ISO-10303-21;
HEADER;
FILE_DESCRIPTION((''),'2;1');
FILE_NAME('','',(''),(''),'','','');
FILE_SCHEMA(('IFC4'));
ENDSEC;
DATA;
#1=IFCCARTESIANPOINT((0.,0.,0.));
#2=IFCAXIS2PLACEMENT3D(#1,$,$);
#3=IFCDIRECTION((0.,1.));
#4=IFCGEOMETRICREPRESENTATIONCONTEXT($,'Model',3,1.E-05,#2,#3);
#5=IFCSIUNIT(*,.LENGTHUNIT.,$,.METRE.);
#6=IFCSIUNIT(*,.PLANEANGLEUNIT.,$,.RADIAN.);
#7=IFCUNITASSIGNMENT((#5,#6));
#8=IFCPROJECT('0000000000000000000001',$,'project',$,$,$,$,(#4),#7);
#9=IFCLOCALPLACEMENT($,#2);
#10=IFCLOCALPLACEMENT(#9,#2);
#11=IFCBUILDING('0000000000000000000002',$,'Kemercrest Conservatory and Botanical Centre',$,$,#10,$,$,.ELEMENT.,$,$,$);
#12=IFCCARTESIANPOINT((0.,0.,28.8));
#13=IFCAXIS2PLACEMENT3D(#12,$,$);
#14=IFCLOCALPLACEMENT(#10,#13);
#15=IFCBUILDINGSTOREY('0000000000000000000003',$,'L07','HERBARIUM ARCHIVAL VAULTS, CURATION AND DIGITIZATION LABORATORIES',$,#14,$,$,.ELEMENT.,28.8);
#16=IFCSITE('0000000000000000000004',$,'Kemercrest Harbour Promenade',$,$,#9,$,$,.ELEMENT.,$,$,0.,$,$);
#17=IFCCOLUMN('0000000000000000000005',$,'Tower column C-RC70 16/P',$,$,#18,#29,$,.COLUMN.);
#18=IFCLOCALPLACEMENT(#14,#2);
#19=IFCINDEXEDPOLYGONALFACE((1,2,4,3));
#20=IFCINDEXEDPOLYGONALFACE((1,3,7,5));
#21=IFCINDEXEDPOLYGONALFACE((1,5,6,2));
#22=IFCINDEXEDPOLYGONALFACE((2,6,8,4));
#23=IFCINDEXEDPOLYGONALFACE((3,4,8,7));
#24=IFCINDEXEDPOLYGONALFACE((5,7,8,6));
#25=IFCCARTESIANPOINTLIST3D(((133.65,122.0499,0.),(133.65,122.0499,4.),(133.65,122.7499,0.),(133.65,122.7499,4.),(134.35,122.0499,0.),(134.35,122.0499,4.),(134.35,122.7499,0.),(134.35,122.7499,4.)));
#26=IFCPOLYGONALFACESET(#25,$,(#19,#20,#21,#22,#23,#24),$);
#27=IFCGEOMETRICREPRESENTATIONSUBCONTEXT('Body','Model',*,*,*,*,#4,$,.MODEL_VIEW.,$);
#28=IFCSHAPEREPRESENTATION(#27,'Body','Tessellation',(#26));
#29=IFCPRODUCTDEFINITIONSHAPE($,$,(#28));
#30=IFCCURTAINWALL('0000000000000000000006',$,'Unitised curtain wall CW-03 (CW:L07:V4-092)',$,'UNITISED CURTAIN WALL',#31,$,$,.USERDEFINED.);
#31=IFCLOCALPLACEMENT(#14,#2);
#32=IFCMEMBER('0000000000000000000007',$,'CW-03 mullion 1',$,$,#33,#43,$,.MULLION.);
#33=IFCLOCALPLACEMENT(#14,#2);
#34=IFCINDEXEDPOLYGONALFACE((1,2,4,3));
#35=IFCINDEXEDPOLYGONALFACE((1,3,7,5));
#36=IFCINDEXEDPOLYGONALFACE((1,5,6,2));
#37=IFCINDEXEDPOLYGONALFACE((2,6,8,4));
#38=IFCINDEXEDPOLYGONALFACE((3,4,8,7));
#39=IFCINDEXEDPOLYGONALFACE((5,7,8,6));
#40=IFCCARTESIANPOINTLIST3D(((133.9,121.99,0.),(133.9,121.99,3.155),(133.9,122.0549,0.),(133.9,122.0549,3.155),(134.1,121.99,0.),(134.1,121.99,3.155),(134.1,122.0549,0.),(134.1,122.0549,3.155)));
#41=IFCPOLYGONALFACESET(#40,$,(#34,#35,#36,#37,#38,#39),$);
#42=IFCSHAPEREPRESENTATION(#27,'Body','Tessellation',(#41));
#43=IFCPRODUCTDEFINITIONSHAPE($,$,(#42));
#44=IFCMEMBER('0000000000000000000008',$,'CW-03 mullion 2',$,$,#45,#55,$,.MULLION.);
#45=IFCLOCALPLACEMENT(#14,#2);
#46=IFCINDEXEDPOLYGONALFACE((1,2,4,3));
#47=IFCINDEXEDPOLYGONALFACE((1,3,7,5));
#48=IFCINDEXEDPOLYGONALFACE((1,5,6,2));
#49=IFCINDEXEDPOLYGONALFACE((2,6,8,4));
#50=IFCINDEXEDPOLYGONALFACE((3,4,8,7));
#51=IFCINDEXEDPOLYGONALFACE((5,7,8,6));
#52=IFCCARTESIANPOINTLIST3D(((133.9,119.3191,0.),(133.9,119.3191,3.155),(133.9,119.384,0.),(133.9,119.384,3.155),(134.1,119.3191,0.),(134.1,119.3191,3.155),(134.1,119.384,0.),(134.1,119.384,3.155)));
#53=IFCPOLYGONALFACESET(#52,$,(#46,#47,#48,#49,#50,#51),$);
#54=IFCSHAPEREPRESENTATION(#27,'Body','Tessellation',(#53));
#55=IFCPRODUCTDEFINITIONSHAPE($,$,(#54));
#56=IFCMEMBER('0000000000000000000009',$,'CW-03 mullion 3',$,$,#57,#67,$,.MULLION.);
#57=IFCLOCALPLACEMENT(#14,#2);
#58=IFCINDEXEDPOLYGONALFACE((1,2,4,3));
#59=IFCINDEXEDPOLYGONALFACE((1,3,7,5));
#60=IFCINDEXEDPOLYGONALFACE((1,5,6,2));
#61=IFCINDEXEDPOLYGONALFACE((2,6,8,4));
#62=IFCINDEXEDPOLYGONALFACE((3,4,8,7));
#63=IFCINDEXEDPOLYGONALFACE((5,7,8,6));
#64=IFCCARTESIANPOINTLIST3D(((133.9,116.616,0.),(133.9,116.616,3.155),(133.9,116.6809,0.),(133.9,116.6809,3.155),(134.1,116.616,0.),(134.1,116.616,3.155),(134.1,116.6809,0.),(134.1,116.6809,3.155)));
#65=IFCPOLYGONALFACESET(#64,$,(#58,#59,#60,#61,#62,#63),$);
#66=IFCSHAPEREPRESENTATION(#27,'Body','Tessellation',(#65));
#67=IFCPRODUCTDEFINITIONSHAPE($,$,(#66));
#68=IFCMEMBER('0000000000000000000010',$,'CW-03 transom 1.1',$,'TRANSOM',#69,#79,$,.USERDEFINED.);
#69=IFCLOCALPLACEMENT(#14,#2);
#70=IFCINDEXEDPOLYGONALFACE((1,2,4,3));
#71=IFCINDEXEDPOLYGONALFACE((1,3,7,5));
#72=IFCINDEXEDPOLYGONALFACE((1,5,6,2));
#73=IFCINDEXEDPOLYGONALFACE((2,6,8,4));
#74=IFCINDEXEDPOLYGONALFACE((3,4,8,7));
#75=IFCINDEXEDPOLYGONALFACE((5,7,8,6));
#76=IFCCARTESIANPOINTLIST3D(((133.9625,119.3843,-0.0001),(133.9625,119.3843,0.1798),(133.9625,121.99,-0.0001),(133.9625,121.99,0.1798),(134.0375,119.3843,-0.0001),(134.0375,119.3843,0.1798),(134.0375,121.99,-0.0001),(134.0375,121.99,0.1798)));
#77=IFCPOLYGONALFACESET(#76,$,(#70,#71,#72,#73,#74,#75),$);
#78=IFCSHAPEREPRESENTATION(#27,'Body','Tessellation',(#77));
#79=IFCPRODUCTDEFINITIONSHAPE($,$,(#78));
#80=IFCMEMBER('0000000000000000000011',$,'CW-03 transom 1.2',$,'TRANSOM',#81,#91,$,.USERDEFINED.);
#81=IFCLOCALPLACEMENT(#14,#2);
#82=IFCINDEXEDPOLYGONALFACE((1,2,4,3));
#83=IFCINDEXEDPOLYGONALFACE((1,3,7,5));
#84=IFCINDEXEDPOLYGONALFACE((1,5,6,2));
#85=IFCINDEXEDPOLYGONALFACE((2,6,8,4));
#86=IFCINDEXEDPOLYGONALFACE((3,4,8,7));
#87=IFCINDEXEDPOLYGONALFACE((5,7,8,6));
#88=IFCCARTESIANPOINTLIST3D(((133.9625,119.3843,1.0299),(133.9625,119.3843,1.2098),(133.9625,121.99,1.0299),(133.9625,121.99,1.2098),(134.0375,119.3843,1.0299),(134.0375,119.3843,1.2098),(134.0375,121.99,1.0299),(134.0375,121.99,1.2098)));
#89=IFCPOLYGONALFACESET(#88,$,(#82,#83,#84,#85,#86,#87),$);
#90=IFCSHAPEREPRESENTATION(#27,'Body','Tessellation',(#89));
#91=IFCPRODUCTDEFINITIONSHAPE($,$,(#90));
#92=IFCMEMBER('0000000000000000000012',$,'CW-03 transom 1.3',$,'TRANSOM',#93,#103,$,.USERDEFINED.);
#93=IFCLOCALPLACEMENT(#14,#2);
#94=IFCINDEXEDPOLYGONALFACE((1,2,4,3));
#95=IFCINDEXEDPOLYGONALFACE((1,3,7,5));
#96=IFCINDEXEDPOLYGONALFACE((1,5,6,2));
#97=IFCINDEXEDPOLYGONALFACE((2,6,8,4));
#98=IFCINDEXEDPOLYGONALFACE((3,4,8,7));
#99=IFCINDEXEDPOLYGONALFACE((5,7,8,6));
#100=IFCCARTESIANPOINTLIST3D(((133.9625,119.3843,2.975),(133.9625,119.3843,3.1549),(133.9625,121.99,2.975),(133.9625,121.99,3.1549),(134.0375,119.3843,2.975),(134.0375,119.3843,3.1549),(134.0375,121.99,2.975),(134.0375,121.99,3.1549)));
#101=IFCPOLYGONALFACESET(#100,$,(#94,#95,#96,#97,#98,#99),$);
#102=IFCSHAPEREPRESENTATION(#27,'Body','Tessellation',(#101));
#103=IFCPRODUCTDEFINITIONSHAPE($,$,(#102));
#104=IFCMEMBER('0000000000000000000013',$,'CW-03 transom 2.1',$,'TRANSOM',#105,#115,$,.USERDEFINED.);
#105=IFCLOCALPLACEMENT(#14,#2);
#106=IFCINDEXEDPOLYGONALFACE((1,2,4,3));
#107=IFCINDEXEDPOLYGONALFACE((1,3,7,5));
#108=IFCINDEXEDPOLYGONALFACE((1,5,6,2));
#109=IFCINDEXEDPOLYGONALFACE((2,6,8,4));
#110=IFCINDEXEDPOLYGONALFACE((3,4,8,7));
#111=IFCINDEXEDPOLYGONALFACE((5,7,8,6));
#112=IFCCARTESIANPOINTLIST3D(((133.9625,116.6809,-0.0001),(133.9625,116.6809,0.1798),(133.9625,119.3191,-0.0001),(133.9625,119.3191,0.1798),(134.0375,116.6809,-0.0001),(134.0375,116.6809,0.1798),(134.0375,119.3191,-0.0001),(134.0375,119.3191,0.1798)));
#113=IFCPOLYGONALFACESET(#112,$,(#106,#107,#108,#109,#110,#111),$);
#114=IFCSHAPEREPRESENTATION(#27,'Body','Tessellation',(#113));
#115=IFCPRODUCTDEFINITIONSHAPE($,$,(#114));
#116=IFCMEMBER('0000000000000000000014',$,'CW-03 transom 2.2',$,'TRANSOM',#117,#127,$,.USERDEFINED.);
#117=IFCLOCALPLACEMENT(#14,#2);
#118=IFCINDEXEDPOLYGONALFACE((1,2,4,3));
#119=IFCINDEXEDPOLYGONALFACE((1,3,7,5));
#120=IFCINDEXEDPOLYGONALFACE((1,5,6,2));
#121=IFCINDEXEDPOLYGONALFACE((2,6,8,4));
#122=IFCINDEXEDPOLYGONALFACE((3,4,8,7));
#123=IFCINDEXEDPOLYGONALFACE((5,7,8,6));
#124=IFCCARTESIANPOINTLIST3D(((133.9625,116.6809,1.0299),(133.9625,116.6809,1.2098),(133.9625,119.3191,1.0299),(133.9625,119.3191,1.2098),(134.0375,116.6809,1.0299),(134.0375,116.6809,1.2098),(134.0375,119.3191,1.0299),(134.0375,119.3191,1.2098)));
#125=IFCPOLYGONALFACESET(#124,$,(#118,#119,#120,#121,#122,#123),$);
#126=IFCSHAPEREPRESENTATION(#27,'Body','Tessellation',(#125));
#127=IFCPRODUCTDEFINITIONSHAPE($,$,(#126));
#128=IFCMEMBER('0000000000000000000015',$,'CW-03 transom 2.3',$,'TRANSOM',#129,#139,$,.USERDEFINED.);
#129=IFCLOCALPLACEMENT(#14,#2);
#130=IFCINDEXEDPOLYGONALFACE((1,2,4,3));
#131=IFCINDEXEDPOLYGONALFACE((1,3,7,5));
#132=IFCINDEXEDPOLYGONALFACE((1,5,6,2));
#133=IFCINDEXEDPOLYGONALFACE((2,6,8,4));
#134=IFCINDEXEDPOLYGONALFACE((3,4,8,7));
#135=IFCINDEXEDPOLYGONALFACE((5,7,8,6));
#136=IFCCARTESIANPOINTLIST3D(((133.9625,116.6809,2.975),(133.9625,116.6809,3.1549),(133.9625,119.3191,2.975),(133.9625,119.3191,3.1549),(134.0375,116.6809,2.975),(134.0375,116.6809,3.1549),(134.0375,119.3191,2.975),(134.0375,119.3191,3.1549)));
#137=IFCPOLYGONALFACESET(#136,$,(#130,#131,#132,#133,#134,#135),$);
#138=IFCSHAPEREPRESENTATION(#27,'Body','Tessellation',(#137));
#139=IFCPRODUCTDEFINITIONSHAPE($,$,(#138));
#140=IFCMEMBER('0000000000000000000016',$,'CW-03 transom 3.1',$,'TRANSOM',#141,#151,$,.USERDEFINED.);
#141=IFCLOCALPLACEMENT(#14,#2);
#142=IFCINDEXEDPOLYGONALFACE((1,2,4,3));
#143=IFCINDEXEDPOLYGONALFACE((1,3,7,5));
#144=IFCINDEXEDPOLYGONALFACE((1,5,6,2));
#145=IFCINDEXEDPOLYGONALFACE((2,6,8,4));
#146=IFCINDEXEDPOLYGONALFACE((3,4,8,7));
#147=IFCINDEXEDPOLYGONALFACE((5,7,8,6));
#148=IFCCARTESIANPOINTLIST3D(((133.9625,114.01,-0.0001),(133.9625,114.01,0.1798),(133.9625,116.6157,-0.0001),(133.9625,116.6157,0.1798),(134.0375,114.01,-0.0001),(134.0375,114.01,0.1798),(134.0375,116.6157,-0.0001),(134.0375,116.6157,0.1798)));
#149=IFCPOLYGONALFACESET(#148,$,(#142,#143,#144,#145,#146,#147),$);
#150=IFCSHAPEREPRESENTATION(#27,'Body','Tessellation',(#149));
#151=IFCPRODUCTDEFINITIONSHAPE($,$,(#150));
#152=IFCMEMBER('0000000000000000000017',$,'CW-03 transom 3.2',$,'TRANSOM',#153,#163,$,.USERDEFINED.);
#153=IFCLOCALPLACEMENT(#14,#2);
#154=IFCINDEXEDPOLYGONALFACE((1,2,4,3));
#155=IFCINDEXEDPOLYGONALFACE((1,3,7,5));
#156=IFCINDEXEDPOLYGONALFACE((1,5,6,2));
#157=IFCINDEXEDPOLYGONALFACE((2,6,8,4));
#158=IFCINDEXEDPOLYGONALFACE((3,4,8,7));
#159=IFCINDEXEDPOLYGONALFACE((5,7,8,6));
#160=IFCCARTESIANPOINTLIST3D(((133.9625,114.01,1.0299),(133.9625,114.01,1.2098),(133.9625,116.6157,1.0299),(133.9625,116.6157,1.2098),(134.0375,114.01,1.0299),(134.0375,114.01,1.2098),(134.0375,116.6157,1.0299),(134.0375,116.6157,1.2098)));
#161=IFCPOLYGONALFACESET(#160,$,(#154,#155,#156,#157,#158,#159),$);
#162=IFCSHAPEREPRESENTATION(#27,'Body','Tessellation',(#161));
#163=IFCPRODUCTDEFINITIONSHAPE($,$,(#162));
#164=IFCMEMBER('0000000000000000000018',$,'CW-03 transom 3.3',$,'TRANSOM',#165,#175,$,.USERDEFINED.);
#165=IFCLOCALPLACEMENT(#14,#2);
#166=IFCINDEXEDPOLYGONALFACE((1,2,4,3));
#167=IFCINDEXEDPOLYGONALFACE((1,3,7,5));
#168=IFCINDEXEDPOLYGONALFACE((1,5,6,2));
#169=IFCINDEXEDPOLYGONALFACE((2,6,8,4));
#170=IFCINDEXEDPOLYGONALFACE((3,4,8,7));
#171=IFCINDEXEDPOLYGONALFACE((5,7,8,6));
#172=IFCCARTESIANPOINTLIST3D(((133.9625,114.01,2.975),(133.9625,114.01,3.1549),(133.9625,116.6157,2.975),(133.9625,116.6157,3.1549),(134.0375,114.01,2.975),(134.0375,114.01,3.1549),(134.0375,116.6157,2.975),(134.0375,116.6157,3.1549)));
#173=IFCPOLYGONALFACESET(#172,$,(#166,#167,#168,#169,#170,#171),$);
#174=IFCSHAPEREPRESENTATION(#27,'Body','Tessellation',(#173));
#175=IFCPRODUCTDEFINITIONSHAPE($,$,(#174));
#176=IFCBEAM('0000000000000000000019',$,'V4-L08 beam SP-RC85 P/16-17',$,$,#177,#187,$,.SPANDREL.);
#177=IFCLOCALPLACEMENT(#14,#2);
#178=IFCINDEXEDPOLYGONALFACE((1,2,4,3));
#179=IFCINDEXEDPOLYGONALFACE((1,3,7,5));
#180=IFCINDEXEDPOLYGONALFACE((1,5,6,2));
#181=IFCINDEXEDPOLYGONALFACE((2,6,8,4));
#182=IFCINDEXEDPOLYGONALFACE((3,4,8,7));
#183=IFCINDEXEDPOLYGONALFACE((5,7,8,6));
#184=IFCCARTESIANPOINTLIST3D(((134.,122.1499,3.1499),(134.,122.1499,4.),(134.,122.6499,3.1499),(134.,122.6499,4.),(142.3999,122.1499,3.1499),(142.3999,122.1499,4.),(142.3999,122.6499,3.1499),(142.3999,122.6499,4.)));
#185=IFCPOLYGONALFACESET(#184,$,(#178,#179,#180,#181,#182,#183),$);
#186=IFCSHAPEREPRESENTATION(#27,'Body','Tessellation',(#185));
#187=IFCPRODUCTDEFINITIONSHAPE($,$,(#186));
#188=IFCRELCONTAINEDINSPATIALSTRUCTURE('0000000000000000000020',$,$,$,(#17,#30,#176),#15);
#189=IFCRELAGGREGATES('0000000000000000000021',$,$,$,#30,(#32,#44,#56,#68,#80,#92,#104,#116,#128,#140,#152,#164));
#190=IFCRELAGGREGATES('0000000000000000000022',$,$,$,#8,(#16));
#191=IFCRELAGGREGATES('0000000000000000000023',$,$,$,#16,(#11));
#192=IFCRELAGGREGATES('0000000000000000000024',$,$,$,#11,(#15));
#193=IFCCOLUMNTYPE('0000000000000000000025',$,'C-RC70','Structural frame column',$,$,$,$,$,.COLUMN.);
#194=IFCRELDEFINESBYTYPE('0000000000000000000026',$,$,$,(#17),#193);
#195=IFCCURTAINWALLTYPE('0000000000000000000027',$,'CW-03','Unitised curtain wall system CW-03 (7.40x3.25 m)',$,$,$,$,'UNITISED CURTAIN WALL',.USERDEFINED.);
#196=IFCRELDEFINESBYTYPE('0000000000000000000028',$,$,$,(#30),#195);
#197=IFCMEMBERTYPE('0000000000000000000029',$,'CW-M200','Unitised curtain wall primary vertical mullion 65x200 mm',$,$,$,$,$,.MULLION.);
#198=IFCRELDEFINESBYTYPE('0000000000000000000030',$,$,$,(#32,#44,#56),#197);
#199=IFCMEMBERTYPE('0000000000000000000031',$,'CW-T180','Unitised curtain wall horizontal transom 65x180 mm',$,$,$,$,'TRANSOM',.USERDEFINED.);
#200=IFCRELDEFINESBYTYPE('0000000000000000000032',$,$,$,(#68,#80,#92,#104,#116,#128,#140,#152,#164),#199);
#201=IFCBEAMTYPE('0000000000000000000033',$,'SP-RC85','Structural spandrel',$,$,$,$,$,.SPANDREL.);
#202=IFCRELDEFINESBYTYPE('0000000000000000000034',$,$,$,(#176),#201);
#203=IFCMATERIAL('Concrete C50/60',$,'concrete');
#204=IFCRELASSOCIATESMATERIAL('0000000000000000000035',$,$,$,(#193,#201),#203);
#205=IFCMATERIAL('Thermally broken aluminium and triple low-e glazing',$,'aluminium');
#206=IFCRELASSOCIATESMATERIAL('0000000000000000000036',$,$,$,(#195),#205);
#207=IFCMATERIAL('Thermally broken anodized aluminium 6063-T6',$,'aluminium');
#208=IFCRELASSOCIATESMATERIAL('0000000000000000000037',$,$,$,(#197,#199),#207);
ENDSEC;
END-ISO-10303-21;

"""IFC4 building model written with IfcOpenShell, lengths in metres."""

from ifc_helpers import new_model, si_unit, direction, frame, origin, origin_2d, place, context, subcontext, project, spatial, rectangle, extrude, material, material_profile, profile_set, type_object, element, aggregate, save


model = new_model("IFC4")

# Units and contexts
model_context = context("Model", 3, precision=1e-05, world=origin(), true_north=direction((0.0, 1.0)))
body_context = subcontext(model_context, "Body", "Model", "MODEL_VIEW")
ifc_project = project(units=[si_unit("LENGTHUNIT", "METRE"), si_unit("PLANEANGLEUNIT", "RADIAN")], contexts=[model_context])

# Site, building, storey
site_placement = place(None, origin())
site = spatial("IfcSite", under=ifc_project, at=site_placement, Name="Kemercrest Harbour Promenade", CompositionType="ELEMENT", RefElevation=0.0)
building_placement = place(site_placement, origin())
building = spatial("IfcBuilding", under=site, at=building_placement, Name="Kemercrest Conservatory and Botanical Centre", CompositionType="ELEMENT")
storey_placement = place(building_placement, frame((0.0, 0.0, 28.8)))
storey = spatial("IfcBuildingStorey", under=building, at=storey_placement, Name="L07", Description="HERBARIUM ARCHIVAL VAULTS, CURATION AND DIGITIZATION LABORATORIES", CompositionType="ELEMENT", Elevation=28.8)

# Column
ifc_material_1 = material(Name="Concrete C50/60", Category="concrete")
ifc_material_profile_1 = material_profile(ifc_material_1, rectangle(XDim=0.7, YDim=0.7, at=origin_2d()), Name="RC 700x700")
ifc_profile_set_1 = profile_set([ifc_material_profile_1], Name="Concrete C50/60")
column_type = type_object("IfcColumnType", Name="C-RC70", Description="Structural frame column", PredefinedType="COLUMN", material=ifc_profile_set_1)
column_placement = place(storey_placement, frame((134.0, 122.3999, 0.0), z_axis=(0.0, 0.0, 1.0), x_axis=(1.0, 0.0, 0.0)))
element("IfcColumn", 1, at=column_placement, inside=storey, type_object=column_type, Name="Tower column C-RC70 16/P", PredefinedType="COLUMN", context=body_context, shape_type="SweptSolid", body=[
    extrude(rectangle(XDim=0.7, YDim=0.7, at=origin_2d()), origin(), (0.0, 0.0, 1.0), 4.0),
])

# Curtain wall, members
ifc_material_2 = material(Name="Thermally broken aluminium and triple low-e glazing", Category="aluminium")
curtain_wall_type = type_object("IfcCurtainWallType", Name="CW-03", Description="Unitised curtain wall system CW-03 (7.40x3.25 m)", ElementType="UNITISED CURTAIN WALL", PredefinedType="USERDEFINED", material=ifc_material_2)
curtain_wall_placement = place(storey_placement, origin())
curtain_wall = element("IfcCurtainWall", 2, at=curtain_wall_placement, inside=storey, type_object=curtain_wall_type, Name="Unitised curtain wall CW-03 (CW:L07:V4-092)", ObjectType="UNITISED CURTAIN WALL", PredefinedType="USERDEFINED")
ifc_material_3 = material(Name="Thermally broken anodized aluminium 6063-T6", Category="aluminium")
ifc_material_profile_2 = material_profile(ifc_material_3, rectangle(XDim=0.2, YDim=0.0649, at=origin_2d()), Name="AL MULLION 65x200")
ifc_profile_set_2 = profile_set([ifc_material_profile_2], Name="Thermally broken anodized aluminium 6063-T6")
member_type_1 = type_object("IfcMemberType", Name="CW-M200", Description="Unitised curtain wall primary vertical mullion 65x200 mm", PredefinedType="MULLION", material=ifc_profile_set_2)
member_1_placement = place(storey_placement, frame((134.0, 122.0225, 0.0), z_axis=(0.0, 0.0, 1.0), x_axis=(1.0, 0.0, 0.0)))
member_1 = element("IfcMember", 3, at=member_1_placement, type_object=member_type_1, Name="CW-03 mullion 1", PredefinedType="MULLION", context=body_context, shape_type="SweptSolid", body=[
    extrude(rectangle(XDim=0.2, YDim=0.0649, at=origin_2d()), origin(), (0.0, 0.0, 1.0), 3.155),
])
member_2_placement = place(storey_placement, frame((134.0, 119.3516, 0.0), z_axis=(0.0, 0.0, 1.0), x_axis=(1.0, 0.0, 0.0)))
member_2 = element("IfcMember", 4, at=member_2_placement, type_object=member_type_1, Name="CW-03 mullion 2", PredefinedType="MULLION", context=body_context, shape_type="SweptSolid", body=[
    extrude(rectangle(XDim=0.2, YDim=0.0649, at=origin_2d()), origin(), (0.0, 0.0, 1.0), 3.155),
])
member_3_placement = place(storey_placement, frame((134.0, 116.6484, 0.0), z_axis=(0.0, 0.0, 1.0), x_axis=(1.0, 0.0, 0.0)))
member_3 = element("IfcMember", 5, at=member_3_placement, type_object=member_type_1, Name="CW-03 mullion 3", PredefinedType="MULLION", context=body_context, shape_type="SweptSolid", body=[
    extrude(rectangle(XDim=0.2, YDim=0.0649, at=origin_2d()), origin(), (0.0, 0.0, 1.0), 3.155),
])
ifc_material_profile_3 = material_profile(ifc_material_3, rectangle(XDim=0.075, YDim=0.1799, at=origin_2d()), Name="AL TRANSOM 75x180")
ifc_profile_set_3 = profile_set([ifc_material_profile_3], Name="Thermally broken anodized aluminium 6063-T6")
member_type_2 = type_object("IfcMemberType", Name="CW-T180", Description="Unitised curtain wall horizontal transom 65x180 mm", ElementType="TRANSOM", PredefinedType="USERDEFINED", material=ifc_profile_set_3)
member_4_placement = place(storey_placement, frame((134.0, 121.99, 0.0898), z_axis=(0.0, -1.0, 0.0), x_axis=(1.0, 0.0, 0.0)))
member_4 = element("IfcMember", 6, at=member_4_placement, type_object=member_type_2, Name="CW-03 transom 1.1", ObjectType="TRANSOM", PredefinedType="USERDEFINED", context=body_context, shape_type="SweptSolid", body=[
    extrude(rectangle(XDim=0.075, YDim=0.1799, at=origin_2d()), origin(), (0.0, 0.0, 1.0), 2.6057),
])
member_5_placement = place(storey_placement, frame((134.0, 121.99, 1.1199), z_axis=(0.0, -1.0, 0.0), x_axis=(1.0, 0.0, 0.0)))
member_5 = element("IfcMember", 7, at=member_5_placement, type_object=member_type_2, Name="CW-03 transom 1.2", ObjectType="TRANSOM", PredefinedType="USERDEFINED", context=body_context, shape_type="SweptSolid", body=[
    extrude(rectangle(XDim=0.075, YDim=0.1799, at=origin_2d()), origin(), (0.0, 0.0, 1.0), 2.6057),
])
member_6_placement = place(storey_placement, frame((134.0, 121.99, 3.0649), z_axis=(0.0, -1.0, 0.0), x_axis=(1.0, 0.0, 0.0)))
member_6 = element("IfcMember", 8, at=member_6_placement, type_object=member_type_2, Name="CW-03 transom 1.3", ObjectType="TRANSOM", PredefinedType="USERDEFINED", context=body_context, shape_type="SweptSolid", body=[
    extrude(rectangle(XDim=0.075, YDim=0.1799, at=origin_2d()), origin(), (0.0, 0.0, 1.0), 2.6057),
])
member_7_placement = place(storey_placement, frame((134.0, 119.3191, 0.0898), z_axis=(0.0, -1.0, 0.0), x_axis=(1.0, 0.0, 0.0)))
member_7 = element("IfcMember", 9, at=member_7_placement, type_object=member_type_2, Name="CW-03 transom 2.1", ObjectType="TRANSOM", PredefinedType="USERDEFINED", context=body_context, shape_type="SweptSolid", body=[
    extrude(rectangle(XDim=0.075, YDim=0.1799, at=origin_2d()), origin(), (0.0, 0.0, 1.0), 2.6382),
])
member_8_placement = place(storey_placement, frame((134.0, 119.3191, 1.1199), z_axis=(0.0, -1.0, 0.0), x_axis=(1.0, 0.0, 0.0)))
member_8 = element("IfcMember", 10, at=member_8_placement, type_object=member_type_2, Name="CW-03 transom 2.2", ObjectType="TRANSOM", PredefinedType="USERDEFINED", context=body_context, shape_type="SweptSolid", body=[
    extrude(rectangle(XDim=0.075, YDim=0.1799, at=origin_2d()), origin(), (0.0, 0.0, 1.0), 2.6382),
])
member_9_placement = place(storey_placement, frame((134.0, 119.3191, 3.0649), z_axis=(0.0, -1.0, 0.0), x_axis=(1.0, 0.0, 0.0)))
member_9 = element("IfcMember", 11, at=member_9_placement, type_object=member_type_2, Name="CW-03 transom 2.3", ObjectType="TRANSOM", PredefinedType="USERDEFINED", context=body_context, shape_type="SweptSolid", body=[
    extrude(rectangle(XDim=0.075, YDim=0.1799, at=origin_2d()), origin(), (0.0, 0.0, 1.0), 2.6382),
])
member_10_placement = place(storey_placement, frame((134.0, 116.6157, 0.0898), z_axis=(0.0, -1.0, 0.0), x_axis=(1.0, 0.0, 0.0)))
member_10 = element("IfcMember", 12, at=member_10_placement, type_object=member_type_2, Name="CW-03 transom 3.1", ObjectType="TRANSOM", PredefinedType="USERDEFINED", context=body_context, shape_type="SweptSolid", body=[
    extrude(rectangle(XDim=0.075, YDim=0.1799, at=origin_2d()), origin(), (0.0, 0.0, 1.0), 2.6057),
])
member_11_placement = place(storey_placement, frame((134.0, 116.6157, 1.1199), z_axis=(0.0, -1.0, 0.0), x_axis=(1.0, 0.0, 0.0)))
member_11 = element("IfcMember", 13, at=member_11_placement, type_object=member_type_2, Name="CW-03 transom 3.2", ObjectType="TRANSOM", PredefinedType="USERDEFINED", context=body_context, shape_type="SweptSolid", body=[
    extrude(rectangle(XDim=0.075, YDim=0.1799, at=origin_2d()), origin(), (0.0, 0.0, 1.0), 2.6057),
])
member_12_placement = place(storey_placement, frame((134.0, 116.6157, 3.0649), z_axis=(0.0, -1.0, 0.0), x_axis=(1.0, 0.0, 0.0)))
member_12 = element("IfcMember", 14, at=member_12_placement, type_object=member_type_2, Name="CW-03 transom 3.3", ObjectType="TRANSOM", PredefinedType="USERDEFINED", context=body_context, shape_type="SweptSolid", body=[
    extrude(rectangle(XDim=0.075, YDim=0.1799, at=origin_2d()), origin(), (0.0, 0.0, 1.0), 2.6057),
])

# Beam
ifc_material_profile_4 = material_profile(ifc_material_1, rectangle(XDim=0.5, YDim=0.8501, at=origin_2d()), Name="RC 500x850")
ifc_profile_set_4 = profile_set([ifc_material_profile_4], Name="Concrete C50/60")
beam_type = type_object("IfcBeamType", Name="SP-RC85", Description="Structural spandrel", PredefinedType="SPANDREL", material=ifc_profile_set_4)
beam_placement = place(storey_placement, frame((134.0, 122.3999, 3.575), z_axis=(1.0, 0.0, 0.0), x_axis=(0.0, 1.0, 0.0)))
element("IfcBeam", 15, at=beam_placement, inside=storey, type_object=beam_type, Name="V4-L08 beam SP-RC85 P/16-17", PredefinedType="SPANDREL", context=body_context, shape_type="SweptSolid", body=[
    extrude(rectangle(XDim=0.5, YDim=0.8501, at=origin_2d()), origin(), (0.0, 0.0, 1.0), 8.3999),
])

aggregate(curtain_wall, [member_1, member_2, member_3, member_4, member_5, member_6, member_7, member_8, member_9, member_10, member_11, member_12])

save(model, "model.ifc")
